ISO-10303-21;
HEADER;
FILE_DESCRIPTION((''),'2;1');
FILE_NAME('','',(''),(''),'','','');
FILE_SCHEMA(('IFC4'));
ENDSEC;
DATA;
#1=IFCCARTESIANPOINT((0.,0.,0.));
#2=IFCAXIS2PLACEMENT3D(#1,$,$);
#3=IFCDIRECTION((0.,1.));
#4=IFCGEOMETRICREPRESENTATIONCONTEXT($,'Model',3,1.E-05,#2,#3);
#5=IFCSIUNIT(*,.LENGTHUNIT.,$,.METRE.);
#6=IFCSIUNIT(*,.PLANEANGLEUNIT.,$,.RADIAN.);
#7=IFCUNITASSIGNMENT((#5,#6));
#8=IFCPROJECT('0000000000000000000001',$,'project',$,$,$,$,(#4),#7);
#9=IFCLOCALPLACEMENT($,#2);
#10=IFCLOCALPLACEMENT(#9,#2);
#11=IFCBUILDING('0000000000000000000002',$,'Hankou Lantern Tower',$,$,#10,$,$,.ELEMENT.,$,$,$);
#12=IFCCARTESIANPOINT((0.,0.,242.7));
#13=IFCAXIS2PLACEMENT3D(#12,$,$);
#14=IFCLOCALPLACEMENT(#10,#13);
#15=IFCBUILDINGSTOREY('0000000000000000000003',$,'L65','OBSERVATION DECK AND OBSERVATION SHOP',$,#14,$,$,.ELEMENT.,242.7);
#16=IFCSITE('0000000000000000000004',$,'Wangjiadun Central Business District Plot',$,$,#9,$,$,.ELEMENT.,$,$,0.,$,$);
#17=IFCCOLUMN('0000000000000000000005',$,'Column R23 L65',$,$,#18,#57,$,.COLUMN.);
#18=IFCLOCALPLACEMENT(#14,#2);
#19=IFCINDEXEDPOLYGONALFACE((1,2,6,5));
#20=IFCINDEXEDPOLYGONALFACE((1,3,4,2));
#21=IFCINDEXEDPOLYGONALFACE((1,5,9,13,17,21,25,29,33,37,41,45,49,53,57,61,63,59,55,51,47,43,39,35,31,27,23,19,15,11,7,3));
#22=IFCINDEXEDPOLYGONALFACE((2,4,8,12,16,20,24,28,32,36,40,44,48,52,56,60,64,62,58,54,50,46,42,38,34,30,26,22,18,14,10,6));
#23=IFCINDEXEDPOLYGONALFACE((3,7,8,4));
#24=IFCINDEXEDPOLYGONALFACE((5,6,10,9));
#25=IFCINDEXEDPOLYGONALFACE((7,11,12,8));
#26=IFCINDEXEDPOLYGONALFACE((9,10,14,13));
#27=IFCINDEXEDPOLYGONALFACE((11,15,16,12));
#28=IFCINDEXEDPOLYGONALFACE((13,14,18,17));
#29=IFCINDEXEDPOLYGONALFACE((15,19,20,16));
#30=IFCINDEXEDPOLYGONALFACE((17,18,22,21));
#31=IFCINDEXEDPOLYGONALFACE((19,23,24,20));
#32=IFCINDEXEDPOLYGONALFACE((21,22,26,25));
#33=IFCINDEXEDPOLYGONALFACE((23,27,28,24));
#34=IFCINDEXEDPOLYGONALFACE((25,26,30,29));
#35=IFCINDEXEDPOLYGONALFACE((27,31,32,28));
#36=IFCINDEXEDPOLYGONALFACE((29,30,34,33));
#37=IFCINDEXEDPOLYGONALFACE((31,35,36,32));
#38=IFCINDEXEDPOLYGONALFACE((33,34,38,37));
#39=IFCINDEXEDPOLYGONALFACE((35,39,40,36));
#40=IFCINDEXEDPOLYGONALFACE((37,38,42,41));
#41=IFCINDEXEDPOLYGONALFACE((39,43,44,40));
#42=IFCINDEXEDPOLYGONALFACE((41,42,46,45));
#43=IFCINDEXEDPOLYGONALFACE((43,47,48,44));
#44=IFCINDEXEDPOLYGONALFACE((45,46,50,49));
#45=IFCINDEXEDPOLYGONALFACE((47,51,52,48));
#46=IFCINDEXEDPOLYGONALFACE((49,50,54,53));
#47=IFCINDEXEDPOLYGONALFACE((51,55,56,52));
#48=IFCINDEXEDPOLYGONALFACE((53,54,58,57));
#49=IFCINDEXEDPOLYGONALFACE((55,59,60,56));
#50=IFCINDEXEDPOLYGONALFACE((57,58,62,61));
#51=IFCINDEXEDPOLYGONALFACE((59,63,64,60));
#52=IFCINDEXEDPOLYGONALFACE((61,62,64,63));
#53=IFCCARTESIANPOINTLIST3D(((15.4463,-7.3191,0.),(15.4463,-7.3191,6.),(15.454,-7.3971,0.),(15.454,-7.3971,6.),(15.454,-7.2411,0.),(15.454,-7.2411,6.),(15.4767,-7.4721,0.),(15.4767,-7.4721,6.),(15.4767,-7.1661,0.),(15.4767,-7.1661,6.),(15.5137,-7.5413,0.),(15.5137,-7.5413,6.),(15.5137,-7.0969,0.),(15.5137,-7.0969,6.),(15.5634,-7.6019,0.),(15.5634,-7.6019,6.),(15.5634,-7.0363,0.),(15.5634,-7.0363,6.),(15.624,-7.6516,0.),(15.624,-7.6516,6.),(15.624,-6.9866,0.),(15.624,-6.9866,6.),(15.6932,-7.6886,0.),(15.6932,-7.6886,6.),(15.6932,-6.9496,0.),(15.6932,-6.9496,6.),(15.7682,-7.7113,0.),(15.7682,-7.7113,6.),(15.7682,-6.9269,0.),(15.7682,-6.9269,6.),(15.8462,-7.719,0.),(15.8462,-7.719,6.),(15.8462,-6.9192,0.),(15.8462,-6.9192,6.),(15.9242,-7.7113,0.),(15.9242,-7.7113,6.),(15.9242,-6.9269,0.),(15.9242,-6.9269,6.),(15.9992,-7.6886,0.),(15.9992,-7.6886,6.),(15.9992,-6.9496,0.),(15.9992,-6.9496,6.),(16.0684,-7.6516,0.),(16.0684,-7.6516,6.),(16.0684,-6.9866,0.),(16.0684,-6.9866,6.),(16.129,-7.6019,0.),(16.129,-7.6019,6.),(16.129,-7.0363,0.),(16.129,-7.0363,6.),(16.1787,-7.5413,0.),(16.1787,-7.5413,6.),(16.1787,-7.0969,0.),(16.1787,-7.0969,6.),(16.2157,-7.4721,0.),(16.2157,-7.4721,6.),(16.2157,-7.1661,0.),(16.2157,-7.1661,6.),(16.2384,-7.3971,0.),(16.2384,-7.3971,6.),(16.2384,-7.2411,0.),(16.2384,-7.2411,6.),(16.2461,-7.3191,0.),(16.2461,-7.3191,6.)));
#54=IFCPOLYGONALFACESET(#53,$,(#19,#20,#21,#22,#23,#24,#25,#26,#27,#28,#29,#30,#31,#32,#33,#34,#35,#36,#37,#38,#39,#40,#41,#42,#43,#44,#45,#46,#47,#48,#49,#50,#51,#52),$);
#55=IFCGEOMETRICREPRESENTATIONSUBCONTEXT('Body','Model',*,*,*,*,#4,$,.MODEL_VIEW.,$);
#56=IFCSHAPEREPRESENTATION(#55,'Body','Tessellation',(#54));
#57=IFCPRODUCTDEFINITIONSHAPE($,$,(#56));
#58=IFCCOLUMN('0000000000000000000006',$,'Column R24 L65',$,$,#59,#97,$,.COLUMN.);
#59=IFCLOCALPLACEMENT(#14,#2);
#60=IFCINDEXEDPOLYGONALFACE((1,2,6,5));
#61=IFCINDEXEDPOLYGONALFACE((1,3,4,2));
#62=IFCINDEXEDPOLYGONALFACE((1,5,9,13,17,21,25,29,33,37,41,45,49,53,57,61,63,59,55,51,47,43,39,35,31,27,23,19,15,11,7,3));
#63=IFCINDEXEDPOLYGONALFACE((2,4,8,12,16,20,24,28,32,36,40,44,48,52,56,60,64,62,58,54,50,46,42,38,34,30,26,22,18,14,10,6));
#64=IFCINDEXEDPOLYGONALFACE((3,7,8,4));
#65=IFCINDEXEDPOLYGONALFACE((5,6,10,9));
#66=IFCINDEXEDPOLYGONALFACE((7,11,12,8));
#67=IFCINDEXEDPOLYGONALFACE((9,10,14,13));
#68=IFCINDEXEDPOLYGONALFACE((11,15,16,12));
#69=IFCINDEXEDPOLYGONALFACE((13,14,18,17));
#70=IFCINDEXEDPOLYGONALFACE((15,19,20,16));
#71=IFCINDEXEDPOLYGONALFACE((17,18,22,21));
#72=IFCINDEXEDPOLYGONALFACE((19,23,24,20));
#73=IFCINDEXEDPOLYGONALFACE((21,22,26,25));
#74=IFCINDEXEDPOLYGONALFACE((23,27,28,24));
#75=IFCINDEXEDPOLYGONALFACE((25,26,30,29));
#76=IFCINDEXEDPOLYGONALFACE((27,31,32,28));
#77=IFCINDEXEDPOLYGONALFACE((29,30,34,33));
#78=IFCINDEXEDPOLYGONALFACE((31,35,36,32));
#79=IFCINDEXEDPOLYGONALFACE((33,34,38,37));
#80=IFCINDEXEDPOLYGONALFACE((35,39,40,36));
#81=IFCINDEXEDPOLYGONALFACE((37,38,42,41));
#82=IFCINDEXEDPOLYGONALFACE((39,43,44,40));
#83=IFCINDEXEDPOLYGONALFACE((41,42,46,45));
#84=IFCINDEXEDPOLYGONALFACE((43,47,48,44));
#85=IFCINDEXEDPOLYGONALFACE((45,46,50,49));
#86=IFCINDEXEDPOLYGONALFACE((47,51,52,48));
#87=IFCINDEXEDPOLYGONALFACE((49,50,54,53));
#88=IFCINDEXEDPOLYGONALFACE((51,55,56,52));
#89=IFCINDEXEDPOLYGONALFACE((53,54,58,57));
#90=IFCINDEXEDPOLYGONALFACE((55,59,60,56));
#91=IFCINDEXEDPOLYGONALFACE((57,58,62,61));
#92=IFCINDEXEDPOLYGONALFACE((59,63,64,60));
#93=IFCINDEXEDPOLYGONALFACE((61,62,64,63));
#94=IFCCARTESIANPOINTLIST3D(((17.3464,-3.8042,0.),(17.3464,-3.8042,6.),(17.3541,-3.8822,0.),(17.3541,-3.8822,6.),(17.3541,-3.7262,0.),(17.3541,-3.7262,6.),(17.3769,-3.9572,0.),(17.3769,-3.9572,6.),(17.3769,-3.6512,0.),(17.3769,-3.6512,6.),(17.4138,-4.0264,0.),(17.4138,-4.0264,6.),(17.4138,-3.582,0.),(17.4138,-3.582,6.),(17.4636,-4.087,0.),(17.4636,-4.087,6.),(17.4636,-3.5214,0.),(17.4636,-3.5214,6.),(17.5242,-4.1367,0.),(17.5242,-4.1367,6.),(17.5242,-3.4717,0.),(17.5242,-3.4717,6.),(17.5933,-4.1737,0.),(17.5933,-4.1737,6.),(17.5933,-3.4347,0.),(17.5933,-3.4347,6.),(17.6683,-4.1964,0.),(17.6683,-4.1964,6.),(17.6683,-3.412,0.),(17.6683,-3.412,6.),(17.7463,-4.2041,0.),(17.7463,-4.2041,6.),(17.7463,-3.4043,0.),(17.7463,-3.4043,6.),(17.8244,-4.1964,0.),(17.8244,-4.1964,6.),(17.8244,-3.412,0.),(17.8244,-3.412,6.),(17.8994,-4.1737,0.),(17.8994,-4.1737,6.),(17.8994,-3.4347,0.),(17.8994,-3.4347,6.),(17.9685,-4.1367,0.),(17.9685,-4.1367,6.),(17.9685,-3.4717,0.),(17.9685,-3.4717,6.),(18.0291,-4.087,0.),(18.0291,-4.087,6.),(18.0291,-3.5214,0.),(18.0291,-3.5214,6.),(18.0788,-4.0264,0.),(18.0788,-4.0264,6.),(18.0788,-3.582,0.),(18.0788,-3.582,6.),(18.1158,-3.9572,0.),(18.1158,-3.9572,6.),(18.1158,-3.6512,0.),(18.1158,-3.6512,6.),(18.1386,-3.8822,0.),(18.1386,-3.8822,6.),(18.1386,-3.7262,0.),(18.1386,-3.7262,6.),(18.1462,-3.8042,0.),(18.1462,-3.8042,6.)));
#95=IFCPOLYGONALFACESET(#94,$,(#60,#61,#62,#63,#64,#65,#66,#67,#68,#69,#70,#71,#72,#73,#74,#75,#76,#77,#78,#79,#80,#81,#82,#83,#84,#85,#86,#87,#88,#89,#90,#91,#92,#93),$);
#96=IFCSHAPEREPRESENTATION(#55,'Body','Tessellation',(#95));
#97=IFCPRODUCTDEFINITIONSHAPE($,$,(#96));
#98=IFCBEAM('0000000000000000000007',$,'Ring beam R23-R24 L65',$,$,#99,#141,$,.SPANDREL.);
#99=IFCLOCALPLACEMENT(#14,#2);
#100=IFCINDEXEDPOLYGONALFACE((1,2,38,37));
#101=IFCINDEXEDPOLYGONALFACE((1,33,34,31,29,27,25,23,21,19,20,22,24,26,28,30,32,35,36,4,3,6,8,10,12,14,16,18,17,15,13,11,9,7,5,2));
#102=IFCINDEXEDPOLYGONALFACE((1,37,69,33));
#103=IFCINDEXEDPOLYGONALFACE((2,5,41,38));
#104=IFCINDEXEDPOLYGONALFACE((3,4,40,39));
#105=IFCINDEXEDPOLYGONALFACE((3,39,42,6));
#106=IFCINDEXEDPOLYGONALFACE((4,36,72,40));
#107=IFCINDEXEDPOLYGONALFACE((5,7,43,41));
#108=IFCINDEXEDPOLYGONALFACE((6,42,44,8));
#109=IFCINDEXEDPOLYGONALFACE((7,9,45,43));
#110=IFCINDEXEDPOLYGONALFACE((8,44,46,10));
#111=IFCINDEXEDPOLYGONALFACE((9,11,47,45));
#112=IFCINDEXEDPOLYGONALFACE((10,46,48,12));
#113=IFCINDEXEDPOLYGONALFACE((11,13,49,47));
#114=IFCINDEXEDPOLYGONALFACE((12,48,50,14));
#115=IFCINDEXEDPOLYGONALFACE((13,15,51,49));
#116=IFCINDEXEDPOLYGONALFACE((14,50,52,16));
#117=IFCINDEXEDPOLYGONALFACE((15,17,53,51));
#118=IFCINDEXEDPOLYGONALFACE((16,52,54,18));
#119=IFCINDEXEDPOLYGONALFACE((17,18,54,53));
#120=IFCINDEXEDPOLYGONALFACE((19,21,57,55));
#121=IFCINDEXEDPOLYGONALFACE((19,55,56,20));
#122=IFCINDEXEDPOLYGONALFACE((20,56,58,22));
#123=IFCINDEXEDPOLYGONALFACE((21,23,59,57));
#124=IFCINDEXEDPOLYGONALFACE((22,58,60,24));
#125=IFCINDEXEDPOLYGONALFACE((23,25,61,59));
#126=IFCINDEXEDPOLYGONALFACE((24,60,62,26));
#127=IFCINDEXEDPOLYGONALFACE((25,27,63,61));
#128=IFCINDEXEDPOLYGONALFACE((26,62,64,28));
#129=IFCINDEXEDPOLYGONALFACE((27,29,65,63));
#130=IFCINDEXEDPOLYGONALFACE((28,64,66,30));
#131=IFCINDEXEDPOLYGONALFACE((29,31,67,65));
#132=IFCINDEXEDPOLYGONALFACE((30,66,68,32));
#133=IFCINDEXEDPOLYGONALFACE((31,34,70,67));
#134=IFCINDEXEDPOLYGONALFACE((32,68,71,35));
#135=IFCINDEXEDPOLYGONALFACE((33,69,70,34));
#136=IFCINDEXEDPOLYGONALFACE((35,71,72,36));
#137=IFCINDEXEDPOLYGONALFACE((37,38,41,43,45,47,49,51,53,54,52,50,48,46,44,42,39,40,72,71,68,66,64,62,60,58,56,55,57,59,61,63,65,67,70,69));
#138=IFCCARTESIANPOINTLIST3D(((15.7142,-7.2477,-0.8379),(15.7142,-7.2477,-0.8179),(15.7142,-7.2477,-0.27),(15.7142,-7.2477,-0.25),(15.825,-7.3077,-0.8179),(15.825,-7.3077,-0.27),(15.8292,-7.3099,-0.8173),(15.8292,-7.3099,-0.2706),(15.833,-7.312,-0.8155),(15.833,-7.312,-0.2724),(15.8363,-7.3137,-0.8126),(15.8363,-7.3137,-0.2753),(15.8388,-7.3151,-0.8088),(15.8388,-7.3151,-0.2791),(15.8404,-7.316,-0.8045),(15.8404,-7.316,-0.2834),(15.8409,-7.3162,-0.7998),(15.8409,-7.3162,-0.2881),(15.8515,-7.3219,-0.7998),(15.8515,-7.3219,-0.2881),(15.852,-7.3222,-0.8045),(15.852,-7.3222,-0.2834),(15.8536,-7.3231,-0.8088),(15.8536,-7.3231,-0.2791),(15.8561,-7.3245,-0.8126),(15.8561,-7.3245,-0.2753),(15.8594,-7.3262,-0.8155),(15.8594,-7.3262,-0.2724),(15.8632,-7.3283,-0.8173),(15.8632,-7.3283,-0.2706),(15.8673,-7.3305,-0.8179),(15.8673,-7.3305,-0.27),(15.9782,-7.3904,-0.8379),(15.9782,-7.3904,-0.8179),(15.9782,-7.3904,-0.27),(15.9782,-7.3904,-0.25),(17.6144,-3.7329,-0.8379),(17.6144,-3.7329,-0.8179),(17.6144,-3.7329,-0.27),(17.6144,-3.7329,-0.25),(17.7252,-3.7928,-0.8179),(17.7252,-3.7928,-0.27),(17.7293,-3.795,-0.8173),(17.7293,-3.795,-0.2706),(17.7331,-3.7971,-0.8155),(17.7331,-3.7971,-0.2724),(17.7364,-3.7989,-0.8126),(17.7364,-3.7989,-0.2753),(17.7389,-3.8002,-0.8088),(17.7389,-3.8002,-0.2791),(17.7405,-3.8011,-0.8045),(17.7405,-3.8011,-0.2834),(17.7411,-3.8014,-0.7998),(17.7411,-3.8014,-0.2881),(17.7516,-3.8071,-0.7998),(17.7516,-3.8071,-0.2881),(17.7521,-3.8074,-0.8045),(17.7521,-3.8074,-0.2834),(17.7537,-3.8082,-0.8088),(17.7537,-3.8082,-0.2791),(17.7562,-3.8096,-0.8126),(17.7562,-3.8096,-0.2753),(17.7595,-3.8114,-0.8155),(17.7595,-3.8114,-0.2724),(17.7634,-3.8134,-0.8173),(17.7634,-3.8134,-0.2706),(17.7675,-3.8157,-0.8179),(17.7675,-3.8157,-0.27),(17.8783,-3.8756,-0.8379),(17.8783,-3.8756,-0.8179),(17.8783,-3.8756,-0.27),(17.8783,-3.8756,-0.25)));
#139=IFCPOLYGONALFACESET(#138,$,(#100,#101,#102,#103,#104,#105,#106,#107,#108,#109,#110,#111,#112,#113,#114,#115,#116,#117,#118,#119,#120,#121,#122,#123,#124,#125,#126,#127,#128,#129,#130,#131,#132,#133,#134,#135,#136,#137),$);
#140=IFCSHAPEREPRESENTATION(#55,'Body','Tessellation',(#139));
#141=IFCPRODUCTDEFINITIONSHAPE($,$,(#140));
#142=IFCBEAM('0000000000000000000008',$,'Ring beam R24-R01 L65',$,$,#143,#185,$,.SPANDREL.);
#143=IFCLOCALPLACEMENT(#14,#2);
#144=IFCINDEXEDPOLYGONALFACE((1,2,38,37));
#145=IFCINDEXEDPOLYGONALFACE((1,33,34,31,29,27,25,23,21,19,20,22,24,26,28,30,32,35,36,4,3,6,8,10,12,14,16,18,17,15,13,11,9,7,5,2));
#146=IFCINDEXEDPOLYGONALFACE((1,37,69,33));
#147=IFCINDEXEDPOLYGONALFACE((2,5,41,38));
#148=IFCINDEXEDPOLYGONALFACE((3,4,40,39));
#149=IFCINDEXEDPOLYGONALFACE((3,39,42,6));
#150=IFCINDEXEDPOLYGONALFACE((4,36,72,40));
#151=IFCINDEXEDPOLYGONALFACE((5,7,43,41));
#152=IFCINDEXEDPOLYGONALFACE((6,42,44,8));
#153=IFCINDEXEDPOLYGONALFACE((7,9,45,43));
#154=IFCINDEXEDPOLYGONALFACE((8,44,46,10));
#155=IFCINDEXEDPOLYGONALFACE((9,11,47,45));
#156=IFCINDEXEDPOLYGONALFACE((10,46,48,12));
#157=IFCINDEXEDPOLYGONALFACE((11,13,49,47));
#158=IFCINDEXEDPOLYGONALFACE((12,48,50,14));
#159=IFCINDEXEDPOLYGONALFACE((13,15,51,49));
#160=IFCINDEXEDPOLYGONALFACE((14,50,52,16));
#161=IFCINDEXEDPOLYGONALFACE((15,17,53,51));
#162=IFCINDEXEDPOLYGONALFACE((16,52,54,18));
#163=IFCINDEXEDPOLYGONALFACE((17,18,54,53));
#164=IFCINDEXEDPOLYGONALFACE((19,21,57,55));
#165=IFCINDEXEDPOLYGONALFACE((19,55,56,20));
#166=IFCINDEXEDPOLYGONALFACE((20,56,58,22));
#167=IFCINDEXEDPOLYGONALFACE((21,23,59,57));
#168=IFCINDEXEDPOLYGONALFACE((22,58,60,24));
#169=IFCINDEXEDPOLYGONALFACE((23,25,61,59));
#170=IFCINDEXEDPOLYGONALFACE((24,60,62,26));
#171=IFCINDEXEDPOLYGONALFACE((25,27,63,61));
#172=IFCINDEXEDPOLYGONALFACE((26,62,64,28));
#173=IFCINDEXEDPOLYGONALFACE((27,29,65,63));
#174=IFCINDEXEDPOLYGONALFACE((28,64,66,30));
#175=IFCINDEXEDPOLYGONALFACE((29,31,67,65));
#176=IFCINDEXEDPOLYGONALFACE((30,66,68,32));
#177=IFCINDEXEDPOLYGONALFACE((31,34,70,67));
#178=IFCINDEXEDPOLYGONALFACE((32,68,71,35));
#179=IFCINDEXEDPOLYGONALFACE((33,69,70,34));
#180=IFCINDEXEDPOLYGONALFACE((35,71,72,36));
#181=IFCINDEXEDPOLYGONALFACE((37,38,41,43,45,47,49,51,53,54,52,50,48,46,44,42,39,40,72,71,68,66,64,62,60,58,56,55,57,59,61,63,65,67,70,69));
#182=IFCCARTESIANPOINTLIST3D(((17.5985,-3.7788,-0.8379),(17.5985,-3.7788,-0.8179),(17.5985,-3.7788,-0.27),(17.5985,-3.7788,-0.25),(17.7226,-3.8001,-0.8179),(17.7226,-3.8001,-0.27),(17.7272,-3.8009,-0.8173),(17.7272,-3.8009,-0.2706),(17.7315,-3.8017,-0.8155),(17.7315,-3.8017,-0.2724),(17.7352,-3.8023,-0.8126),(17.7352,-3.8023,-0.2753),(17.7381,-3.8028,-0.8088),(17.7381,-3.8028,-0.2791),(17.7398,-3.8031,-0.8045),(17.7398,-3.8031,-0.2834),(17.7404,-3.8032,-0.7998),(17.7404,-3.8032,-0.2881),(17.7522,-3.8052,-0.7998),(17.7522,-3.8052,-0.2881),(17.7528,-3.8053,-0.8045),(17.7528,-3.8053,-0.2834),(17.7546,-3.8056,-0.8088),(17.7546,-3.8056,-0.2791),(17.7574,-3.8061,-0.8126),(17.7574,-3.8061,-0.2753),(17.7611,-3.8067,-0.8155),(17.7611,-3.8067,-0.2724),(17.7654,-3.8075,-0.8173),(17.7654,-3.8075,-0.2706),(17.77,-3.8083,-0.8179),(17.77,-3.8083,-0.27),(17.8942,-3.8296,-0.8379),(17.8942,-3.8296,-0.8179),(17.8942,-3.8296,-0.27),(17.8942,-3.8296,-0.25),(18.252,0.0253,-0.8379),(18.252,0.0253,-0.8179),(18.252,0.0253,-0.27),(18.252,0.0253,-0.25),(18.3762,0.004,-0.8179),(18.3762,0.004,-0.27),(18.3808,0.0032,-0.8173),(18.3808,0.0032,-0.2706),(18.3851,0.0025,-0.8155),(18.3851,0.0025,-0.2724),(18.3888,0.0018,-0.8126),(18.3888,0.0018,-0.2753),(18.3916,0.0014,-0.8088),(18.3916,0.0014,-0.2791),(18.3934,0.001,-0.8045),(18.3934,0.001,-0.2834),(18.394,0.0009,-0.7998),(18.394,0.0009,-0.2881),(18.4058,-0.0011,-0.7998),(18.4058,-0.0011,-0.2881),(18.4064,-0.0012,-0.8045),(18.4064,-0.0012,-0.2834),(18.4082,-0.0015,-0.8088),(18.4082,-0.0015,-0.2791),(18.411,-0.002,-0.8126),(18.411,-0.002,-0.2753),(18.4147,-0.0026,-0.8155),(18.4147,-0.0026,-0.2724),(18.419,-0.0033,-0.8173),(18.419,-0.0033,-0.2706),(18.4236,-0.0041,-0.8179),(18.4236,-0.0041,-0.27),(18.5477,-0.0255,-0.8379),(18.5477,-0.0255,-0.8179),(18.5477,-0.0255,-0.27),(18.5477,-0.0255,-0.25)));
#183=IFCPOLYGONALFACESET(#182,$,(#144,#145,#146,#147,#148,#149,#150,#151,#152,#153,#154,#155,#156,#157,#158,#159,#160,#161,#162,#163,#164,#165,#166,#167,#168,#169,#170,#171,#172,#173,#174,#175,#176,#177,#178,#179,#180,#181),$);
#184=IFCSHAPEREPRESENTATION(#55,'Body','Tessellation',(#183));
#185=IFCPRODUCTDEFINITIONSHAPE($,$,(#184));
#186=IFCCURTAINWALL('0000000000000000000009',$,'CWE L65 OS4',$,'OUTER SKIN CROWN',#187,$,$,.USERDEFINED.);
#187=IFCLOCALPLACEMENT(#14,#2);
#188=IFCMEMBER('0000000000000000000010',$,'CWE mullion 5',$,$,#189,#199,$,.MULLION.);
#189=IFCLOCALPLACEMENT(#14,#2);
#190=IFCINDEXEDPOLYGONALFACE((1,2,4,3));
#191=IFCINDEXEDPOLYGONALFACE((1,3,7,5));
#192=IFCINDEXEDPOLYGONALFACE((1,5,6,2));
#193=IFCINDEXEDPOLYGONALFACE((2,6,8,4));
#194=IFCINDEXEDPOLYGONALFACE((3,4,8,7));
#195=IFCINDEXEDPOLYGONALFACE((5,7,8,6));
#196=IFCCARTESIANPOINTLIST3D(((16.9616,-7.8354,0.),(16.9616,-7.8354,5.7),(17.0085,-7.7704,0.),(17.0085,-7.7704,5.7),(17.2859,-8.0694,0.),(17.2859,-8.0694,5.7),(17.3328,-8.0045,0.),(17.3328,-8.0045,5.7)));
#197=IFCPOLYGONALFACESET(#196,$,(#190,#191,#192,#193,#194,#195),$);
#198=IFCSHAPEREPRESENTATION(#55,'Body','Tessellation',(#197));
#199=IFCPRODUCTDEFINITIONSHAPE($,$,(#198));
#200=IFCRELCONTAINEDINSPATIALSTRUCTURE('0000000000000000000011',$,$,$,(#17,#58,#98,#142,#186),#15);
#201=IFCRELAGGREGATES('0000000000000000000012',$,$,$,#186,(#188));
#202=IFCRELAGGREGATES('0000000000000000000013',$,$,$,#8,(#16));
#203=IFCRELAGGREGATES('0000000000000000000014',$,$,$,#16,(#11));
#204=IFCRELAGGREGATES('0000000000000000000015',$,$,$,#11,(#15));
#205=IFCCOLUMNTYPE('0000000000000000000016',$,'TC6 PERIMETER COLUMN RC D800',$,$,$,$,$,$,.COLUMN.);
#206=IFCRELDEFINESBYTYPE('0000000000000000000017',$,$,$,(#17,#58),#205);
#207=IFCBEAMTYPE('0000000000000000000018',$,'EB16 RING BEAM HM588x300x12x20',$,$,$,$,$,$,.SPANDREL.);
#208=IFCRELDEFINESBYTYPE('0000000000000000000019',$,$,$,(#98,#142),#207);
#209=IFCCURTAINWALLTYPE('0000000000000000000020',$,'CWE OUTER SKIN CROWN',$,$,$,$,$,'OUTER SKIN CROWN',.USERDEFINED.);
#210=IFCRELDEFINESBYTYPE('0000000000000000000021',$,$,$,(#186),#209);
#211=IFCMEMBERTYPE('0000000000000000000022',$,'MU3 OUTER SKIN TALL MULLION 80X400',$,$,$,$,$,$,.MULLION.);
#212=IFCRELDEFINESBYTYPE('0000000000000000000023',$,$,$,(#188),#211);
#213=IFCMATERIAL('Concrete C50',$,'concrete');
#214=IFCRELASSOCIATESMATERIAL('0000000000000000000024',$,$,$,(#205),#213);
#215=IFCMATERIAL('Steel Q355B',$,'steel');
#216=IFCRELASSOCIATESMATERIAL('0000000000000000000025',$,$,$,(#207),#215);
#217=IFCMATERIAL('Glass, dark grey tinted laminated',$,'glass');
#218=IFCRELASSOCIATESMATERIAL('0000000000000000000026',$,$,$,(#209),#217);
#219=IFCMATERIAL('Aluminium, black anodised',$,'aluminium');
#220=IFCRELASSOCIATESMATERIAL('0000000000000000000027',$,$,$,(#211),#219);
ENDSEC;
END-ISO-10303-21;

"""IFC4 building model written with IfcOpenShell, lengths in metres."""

from ifc_helpers import new_model, si_unit, direction, frame, origin, origin_2d, place, context, subcontext, project, spatial, rectangle, circle, i_section, extrude, material, material_profile, profile_set, type_object, element, aggregate, save


model = new_model("IFC4")

# Units and contexts
model_context = context("Model", 3, precision=1e-05, world=origin(), true_north=direction((0.0, 1.0)))
body_context = subcontext(model_context, "Body", "Model", "MODEL_VIEW")
ifc_project = project(units=[si_unit("LENGTHUNIT", "METRE"), si_unit("PLANEANGLEUNIT", "RADIAN")], contexts=[model_context])

# Site, building, storey
site_placement = place(None, origin())
site = spatial("IfcSite", under=ifc_project, at=site_placement, Name="Wangjiadun Central Business District Plot", CompositionType="ELEMENT", RefElevation=0.0)
building_placement = place(site_placement, origin())
building = spatial("IfcBuilding", under=site, at=building_placement, Name="Hankou Lantern Tower", CompositionType="ELEMENT")
storey_placement = place(building_placement, frame((0.0, 0.0, 242.7)))
storey = spatial("IfcBuildingStorey", under=building, at=storey_placement, Name="L65", Description="OBSERVATION DECK AND OBSERVATION SHOP", CompositionType="ELEMENT", Elevation=242.7)

# Columns
ifc_material_1 = material(Name="Concrete C50", Category="concrete")
ifc_material_profile_1 = material_profile(ifc_material_1, circle(Radius=0.3999, at=origin_2d()), Name="RC D800")
ifc_profile_set_1 = profile_set([ifc_material_profile_1], Name="Concrete C50")
column_type = type_object("IfcColumnType", Name="TC6 PERIMETER COLUMN RC D800", PredefinedType="COLUMN", material=ifc_profile_set_1)
for number, where, z_axis, x_axis, name in (
    (1, (15.8462, -7.3191, 0.0), (0.0, 0.0, 1.0), (1.0, 0.0, 0.0), "Column R23 L65"),
    (2, (17.7463, -3.8042, 0.0), (0.0, 0.0, 1.0), (1.0, 0.0, 0.0), "Column R24 L65"),
):
    element("IfcColumn", number, at=place(storey_placement, frame(where, z_axis=z_axis, x_axis=x_axis)), inside=storey, type_object=column_type, Name=name, PredefinedType="COLUMN", context=body_context, shape_type="SweptSolid", body=[
        extrude(circle(Radius=0.3999, at=origin_2d()), origin(), (0.0, 0.0, 1.0), 6.0),
    ])

# Beams
ifc_material_2 = material(Name="Steel Q355B", Category="steel")
ifc_material_profile_2 = material_profile(ifc_material_2, i_section(OverallWidth=0.3, OverallDepth=0.5879, WebThickness=0.012, FlangeThickness=0.02, FilletRadius=0.0181, at=origin_2d()), Name="HM588x300x12x20")
ifc_profile_set_2 = profile_set([ifc_material_profile_2], Name="Steel Q355B")
beam_type_1 = type_object("IfcBeamType", Name="EB16 RING BEAM HM588x300x12x20", PredefinedType="SPANDREL", material=ifc_profile_set_2)
beam_1_placement = place(storey_placement, frame((15.8462, -7.3191, -0.5439), z_axis=(0.475557, 0.879685, 0.0), x_axis=(-0.879685, 0.475557, 0.0)))
element("IfcBeam", 3, at=beam_1_placement, inside=storey, type_object=beam_type_1, Name="Ring beam R23-R24 L65", PredefinedType="SPANDREL", context=body_context, shape_type="SweptSolid", body=[
    extrude(i_section(OverallWidth=0.3, OverallDepth=0.5879, WebThickness=0.012, FlangeThickness=0.02, FilletRadius=0.0181, at=origin_2d()), origin(), (0.0, 0.0, 1.0), 3.9956),
])
beam_2_placement = place(storey_placement, frame((17.7463, -3.8042, -0.5439), z_axis=(0.16932, 0.985561, 0.0), x_axis=(-0.985561, 0.16932, 0.0)))
element("IfcBeam", 4, at=beam_2_placement, inside=storey, type_object=beam_type_1, Name="Ring beam R24-R01 L65", PredefinedType="SPANDREL", context=body_context, shape_type="SweptSolid", body=[
    extrude(i_section(OverallWidth=0.3, OverallDepth=0.5879, WebThickness=0.012, FlangeThickness=0.02, FilletRadius=0.0181, at=origin_2d()), origin(), (0.0, 0.0, 1.0), 3.8599),
])

# Curtain wall, member
ifc_material_3 = material(Name="Glass, dark grey tinted laminated", Category="glass")
curtain_wall_type = type_object("IfcCurtainWallType", Name="CWE OUTER SKIN CROWN", ElementType="OUTER SKIN CROWN", PredefinedType="USERDEFINED", material=ifc_material_3)
curtain_wall_placement = place(storey_placement, origin())
curtain_wall = element("IfcCurtainWall", 5, at=curtain_wall_placement, inside=storey, type_object=curtain_wall_type, Name="CWE L65 OS4", ObjectType="OUTER SKIN CROWN", PredefinedType="USERDEFINED")
ifc_material_4 = material(Name="Aluminium, black anodised", Category="aluminium")
ifc_material_profile_3 = material_profile(ifc_material_4, rectangle(XDim=0.0801, YDim=0.3999, at=origin_2d()), Name="MU3 80X400")
ifc_profile_set_3 = profile_set([ifc_material_profile_3], Name="Aluminium, black anodised")
member_type_1 = type_object("IfcMemberType", Name="MU3 OUTER SKIN TALL MULLION 80X400", PredefinedType="MULLION", material=ifc_profile_set_3)
member_1_placement = place(storey_placement, frame((17.1472, -7.9199, 0.0), z_axis=(0.0, 0.0, 1.0), x_axis=(0.585206, 0.810885, 0.0)))
member_1 = element("IfcMember", 6, at=member_1_placement, type_object=member_type_1, Name="CWE mullion 5", PredefinedType="MULLION", context=body_context, shape_type="SweptSolid", body=[
    extrude(rectangle(XDim=0.0801, YDim=0.3999, at=origin_2d()), origin(), (0.0, 0.0, 1.0), 5.7),
])

aggregate(curtain_wall, [member_1])

save(model, "model.ifc")
